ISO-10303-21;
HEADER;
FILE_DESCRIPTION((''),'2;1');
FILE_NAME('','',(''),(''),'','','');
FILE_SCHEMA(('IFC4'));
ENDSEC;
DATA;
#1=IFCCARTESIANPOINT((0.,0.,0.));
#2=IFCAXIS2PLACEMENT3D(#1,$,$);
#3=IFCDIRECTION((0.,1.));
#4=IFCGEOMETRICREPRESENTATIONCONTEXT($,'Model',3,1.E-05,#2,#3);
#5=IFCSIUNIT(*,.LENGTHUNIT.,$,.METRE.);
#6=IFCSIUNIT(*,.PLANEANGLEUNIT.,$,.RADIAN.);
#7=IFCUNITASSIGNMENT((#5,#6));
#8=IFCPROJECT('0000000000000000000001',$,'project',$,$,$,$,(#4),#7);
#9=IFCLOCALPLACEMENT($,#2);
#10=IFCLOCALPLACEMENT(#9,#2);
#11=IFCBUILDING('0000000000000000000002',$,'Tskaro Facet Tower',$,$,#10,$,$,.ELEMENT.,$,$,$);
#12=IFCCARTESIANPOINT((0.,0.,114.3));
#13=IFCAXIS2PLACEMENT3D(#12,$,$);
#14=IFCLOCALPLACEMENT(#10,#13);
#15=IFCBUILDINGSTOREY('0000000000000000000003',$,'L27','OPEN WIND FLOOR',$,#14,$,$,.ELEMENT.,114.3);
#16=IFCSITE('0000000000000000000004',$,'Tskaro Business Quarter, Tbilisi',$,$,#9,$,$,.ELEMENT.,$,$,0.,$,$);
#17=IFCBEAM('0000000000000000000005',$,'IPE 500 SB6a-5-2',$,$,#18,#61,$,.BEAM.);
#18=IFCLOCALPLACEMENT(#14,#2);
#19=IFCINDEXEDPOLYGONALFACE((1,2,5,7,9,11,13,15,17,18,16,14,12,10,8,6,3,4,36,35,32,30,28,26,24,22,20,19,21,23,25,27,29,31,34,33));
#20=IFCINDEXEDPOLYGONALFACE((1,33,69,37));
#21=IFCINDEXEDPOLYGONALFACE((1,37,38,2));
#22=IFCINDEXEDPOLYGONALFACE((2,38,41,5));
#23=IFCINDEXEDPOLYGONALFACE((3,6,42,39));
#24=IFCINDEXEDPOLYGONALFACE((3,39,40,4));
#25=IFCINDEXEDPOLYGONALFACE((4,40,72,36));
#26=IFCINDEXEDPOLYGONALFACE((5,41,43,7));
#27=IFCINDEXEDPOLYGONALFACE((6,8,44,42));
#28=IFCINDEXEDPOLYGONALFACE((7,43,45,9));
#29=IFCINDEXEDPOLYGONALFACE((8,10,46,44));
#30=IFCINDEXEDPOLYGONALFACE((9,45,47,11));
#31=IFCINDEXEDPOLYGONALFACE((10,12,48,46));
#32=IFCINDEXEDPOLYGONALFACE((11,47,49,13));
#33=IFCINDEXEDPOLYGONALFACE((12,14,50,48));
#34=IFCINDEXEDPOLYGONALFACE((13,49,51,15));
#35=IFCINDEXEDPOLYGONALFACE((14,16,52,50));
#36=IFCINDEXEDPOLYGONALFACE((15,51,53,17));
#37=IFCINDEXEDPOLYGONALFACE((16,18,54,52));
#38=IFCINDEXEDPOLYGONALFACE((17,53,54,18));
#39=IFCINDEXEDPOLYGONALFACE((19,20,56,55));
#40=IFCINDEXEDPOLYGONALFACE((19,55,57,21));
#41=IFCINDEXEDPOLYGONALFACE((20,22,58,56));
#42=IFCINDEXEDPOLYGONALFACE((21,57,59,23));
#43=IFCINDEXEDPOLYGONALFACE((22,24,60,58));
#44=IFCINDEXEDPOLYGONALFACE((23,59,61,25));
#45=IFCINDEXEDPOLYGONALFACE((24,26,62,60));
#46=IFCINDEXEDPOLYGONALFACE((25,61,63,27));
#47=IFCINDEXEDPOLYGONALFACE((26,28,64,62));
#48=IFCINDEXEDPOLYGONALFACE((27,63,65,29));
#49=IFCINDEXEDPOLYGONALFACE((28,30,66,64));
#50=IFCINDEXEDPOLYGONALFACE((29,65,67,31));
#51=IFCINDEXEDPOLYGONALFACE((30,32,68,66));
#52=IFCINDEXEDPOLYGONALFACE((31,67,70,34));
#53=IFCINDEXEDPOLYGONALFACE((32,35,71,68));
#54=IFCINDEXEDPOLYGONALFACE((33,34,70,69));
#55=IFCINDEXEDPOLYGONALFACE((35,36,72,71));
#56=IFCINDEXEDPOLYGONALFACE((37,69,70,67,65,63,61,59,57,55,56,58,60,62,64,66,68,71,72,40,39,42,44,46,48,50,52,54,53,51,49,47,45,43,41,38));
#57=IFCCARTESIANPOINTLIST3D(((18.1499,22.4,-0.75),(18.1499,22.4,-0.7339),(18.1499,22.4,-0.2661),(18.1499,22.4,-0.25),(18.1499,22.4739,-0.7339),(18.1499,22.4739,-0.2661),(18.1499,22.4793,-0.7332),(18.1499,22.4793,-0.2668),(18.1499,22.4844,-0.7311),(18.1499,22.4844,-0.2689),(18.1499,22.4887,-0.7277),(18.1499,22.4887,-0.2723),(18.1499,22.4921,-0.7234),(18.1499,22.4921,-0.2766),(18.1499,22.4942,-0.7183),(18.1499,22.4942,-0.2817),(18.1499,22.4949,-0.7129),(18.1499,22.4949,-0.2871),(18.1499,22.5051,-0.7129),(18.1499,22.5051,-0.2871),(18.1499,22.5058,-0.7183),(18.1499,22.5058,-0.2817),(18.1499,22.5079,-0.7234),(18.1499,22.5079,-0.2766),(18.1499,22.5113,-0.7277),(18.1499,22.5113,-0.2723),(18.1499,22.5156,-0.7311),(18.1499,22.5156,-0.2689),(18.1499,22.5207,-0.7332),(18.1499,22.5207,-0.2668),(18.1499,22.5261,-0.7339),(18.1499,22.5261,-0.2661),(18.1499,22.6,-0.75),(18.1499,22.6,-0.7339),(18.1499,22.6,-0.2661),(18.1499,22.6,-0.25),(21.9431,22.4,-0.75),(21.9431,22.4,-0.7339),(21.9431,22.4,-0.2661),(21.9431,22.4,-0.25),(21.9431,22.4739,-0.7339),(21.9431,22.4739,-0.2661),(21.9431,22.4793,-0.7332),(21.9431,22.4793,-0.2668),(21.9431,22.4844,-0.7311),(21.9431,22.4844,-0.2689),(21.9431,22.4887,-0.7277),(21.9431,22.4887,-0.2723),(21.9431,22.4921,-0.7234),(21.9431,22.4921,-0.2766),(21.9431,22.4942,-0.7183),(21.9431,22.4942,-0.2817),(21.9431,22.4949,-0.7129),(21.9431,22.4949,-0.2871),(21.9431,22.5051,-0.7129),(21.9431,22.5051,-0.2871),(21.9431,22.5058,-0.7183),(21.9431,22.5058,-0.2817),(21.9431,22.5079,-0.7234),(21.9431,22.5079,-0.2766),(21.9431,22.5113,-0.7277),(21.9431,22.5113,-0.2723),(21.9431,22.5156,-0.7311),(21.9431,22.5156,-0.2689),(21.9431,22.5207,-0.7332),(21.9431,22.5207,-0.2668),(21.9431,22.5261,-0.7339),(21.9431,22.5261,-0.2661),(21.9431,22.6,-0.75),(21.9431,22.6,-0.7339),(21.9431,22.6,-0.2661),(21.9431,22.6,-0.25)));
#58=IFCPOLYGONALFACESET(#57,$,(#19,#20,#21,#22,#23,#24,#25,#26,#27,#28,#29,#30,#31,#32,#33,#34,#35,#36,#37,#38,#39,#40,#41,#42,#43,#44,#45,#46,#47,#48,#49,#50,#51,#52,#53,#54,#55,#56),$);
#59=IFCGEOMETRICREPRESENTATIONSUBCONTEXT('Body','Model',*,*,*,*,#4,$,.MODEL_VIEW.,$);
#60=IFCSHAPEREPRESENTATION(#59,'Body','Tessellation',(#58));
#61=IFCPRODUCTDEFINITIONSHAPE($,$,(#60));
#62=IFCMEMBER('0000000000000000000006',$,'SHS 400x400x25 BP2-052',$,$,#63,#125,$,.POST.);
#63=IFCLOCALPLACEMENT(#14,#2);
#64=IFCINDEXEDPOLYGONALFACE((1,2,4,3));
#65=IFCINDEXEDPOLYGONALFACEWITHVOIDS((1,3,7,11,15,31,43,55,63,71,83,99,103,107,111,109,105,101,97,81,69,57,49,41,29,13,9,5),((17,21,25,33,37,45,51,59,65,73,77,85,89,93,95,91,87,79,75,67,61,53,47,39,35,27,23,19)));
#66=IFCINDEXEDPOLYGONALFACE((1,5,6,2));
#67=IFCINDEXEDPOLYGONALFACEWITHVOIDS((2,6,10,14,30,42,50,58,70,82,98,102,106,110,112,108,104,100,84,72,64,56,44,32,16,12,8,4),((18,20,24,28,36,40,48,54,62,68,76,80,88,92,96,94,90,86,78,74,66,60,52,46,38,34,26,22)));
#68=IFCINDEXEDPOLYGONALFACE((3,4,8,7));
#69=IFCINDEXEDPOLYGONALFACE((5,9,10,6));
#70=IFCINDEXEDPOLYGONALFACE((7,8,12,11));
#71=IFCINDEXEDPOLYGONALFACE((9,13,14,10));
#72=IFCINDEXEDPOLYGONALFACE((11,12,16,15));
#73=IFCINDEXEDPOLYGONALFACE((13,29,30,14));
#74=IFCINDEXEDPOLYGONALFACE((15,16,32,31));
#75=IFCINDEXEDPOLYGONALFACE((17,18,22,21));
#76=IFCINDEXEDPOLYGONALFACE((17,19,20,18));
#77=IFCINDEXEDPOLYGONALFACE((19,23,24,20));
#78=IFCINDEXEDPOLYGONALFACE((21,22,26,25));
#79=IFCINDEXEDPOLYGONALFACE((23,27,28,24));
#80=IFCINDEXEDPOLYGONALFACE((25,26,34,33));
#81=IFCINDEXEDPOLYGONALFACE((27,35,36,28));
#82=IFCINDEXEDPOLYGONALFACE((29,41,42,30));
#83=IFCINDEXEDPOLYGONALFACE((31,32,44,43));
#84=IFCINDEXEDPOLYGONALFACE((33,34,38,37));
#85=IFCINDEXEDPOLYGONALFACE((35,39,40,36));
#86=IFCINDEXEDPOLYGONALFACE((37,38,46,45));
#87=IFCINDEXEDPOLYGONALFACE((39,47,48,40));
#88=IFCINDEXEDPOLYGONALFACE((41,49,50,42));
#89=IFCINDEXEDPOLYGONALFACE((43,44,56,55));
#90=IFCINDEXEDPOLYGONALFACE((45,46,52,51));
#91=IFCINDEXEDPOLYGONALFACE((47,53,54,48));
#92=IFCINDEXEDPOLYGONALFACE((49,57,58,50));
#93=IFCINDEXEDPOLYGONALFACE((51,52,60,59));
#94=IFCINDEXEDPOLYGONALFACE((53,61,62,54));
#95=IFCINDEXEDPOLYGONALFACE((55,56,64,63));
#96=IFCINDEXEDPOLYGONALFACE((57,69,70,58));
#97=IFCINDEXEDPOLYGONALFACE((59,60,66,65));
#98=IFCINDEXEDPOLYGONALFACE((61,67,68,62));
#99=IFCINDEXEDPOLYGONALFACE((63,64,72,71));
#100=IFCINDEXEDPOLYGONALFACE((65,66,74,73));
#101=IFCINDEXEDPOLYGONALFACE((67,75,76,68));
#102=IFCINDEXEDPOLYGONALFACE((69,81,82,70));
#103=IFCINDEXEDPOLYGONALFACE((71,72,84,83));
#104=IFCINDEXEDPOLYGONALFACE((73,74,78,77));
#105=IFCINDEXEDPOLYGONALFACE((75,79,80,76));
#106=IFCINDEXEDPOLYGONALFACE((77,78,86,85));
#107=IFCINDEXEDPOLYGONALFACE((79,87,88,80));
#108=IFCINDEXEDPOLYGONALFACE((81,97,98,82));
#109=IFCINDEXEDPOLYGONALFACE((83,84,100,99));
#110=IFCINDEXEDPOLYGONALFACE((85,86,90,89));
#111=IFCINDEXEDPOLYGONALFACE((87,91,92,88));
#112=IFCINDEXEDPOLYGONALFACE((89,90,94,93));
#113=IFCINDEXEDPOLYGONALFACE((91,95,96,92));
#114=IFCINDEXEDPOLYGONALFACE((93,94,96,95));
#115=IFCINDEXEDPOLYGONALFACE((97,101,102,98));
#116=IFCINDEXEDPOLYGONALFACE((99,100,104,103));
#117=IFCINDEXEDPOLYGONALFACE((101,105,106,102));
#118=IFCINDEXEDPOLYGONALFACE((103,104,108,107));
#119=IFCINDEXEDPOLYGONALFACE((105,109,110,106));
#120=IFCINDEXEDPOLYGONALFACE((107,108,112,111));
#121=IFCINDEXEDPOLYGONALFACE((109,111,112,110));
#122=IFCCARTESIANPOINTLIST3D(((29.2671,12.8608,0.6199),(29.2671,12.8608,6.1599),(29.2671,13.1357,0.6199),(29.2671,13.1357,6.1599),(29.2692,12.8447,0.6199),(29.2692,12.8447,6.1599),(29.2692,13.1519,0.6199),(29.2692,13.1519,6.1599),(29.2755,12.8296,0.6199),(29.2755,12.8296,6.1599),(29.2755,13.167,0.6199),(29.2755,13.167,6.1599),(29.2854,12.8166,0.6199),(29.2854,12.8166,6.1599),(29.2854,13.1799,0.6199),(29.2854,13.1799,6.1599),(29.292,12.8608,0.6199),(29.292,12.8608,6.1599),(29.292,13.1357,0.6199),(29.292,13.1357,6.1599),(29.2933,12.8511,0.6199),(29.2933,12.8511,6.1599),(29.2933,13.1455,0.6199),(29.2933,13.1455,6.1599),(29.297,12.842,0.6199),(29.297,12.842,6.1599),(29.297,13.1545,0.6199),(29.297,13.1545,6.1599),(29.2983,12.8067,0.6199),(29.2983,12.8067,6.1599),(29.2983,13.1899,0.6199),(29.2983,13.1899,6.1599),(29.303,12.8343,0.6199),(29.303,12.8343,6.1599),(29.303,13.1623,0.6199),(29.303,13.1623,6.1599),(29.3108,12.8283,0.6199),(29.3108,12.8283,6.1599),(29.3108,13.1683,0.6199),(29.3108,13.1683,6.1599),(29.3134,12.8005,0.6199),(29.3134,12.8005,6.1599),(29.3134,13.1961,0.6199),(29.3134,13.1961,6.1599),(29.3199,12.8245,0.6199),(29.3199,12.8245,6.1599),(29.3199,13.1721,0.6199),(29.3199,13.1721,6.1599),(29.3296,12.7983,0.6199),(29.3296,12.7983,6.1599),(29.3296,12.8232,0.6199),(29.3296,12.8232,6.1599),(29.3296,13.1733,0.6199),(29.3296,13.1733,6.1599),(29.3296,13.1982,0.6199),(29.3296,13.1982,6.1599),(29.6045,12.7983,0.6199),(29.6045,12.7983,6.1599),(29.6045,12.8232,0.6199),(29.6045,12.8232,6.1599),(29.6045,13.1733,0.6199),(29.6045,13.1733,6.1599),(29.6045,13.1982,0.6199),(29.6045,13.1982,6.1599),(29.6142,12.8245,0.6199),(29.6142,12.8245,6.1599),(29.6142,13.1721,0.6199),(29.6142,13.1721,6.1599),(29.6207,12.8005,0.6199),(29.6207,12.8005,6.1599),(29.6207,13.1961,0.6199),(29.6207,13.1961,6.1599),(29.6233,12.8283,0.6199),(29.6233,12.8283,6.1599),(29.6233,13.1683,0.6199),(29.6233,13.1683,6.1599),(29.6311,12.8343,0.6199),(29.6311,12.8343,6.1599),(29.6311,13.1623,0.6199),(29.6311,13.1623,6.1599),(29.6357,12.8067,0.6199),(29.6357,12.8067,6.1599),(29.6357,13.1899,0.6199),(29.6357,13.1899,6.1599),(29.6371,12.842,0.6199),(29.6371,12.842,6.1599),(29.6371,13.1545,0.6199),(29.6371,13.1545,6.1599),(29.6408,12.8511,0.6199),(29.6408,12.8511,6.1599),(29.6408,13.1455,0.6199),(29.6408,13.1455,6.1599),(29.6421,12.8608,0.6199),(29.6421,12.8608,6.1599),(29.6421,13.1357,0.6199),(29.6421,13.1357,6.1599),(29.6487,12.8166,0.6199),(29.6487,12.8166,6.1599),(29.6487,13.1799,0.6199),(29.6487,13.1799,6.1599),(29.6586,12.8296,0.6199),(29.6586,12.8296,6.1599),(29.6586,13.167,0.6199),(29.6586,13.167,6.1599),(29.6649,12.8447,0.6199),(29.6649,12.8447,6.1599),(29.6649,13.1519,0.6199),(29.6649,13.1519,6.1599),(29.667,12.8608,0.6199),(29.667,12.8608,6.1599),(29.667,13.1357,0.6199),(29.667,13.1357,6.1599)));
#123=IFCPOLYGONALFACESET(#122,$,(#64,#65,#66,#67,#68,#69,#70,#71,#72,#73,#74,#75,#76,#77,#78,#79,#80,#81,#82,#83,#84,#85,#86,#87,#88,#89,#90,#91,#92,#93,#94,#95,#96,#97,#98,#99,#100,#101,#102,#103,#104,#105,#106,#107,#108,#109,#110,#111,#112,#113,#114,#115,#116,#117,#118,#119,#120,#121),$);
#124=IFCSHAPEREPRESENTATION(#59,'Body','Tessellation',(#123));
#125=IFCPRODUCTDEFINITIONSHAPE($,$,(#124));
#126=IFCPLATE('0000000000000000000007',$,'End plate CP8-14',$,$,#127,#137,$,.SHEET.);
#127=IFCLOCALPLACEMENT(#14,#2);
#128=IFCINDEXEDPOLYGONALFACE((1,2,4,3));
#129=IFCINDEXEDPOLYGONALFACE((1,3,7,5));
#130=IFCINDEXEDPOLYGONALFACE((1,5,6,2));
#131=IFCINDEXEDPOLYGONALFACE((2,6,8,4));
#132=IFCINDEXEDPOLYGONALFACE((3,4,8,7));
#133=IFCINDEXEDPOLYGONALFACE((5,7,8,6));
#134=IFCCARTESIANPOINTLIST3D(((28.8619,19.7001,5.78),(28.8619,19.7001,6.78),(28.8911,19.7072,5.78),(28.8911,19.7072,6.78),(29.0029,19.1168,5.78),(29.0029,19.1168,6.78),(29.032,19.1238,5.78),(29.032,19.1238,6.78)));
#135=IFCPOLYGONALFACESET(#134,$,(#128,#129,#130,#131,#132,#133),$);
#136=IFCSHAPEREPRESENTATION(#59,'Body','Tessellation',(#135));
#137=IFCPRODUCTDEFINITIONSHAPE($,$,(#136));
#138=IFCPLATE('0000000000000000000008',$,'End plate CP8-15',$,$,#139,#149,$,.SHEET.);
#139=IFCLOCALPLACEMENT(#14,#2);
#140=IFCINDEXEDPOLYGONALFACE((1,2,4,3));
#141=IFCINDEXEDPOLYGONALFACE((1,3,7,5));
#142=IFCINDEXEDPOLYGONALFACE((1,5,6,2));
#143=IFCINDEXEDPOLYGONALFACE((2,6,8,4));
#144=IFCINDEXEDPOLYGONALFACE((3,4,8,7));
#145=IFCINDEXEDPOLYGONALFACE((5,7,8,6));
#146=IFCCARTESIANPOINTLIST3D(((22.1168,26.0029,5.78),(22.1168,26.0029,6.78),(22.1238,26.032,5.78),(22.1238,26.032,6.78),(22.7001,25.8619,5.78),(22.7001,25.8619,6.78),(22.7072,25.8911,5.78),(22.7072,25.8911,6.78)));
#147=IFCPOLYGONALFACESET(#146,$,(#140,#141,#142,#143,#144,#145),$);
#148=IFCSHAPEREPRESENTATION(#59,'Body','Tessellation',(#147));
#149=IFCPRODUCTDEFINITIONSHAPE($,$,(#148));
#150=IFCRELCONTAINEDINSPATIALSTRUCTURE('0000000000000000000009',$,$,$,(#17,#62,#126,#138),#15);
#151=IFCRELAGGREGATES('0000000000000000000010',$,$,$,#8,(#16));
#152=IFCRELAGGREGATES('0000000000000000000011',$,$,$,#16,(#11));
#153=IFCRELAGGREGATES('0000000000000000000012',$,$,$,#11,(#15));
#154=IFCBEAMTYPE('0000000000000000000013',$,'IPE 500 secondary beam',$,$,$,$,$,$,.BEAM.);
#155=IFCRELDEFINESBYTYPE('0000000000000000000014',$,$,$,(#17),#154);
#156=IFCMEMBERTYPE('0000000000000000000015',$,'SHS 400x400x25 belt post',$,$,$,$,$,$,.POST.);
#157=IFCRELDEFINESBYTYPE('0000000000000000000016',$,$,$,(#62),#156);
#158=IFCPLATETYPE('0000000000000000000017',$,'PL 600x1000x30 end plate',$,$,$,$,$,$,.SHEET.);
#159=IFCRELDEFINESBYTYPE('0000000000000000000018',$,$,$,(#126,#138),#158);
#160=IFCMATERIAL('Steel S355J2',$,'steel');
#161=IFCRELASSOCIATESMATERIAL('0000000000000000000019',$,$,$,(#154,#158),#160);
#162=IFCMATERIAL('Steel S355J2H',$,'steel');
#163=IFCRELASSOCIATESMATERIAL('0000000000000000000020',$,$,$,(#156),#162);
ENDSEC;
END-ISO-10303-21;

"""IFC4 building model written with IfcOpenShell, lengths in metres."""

from ifc_helpers import new_model, si_unit, direction, frame, origin, origin_2d, place, context, subcontext, project, spatial, rectangle, hollow_rectangle, i_section, extrude, material, material_profile, profile_set, type_object, element, save


model = new_model("IFC4")

# Units and contexts
model_context = context("Model", 3, precision=1e-05, world=origin(), true_north=direction((0.0, 1.0)))
body_context = subcontext(model_context, "Body", "Model", "MODEL_VIEW")
ifc_project = project(units=[si_unit("LENGTHUNIT", "METRE"), si_unit("PLANEANGLEUNIT", "RADIAN")], contexts=[model_context])

# Site, building, storey
site_placement = place(None, origin())
site = spatial("IfcSite", under=ifc_project, at=site_placement, Name="Tskaro Business Quarter, Tbilisi", CompositionType="ELEMENT", RefElevation=0.0)
building_placement = place(site_placement, origin())
building = spatial("IfcBuilding", under=site, at=building_placement, Name="Tskaro Facet Tower", CompositionType="ELEMENT")
storey_placement = place(building_placement, frame((0.0, 0.0, 114.3)))
storey = spatial("IfcBuildingStorey", under=building, at=storey_placement, Name="L27", Description="OPEN WIND FLOOR", CompositionType="ELEMENT", Elevation=114.3)

# Shared definitions
ifc_material_1 = material(Name="Steel S355J2H", Category="steel")

# Shared definitions
ifc_material_2 = material(Name="Steel S355J2", Category="steel")

# Beam
ifc_material_profile_1 = material_profile(ifc_material_2, i_section(OverallWidth=0.2, OverallDepth=0.5, WebThickness=0.0103, FlangeThickness=0.0161, FilletRadius=0.021, at=origin_2d()), Name="IPE 500")
ifc_profile_set_1 = profile_set([ifc_material_profile_1], Name="Steel S355J2")
beam_type_1 = type_object("IfcBeamType", Name="IPE 500 secondary beam", PredefinedType="BEAM", material=ifc_profile_set_1)
beam_1_placement = place(storey_placement, frame((18.1499, 22.5, -0.5), z_axis=(1.0, 0.0, 0.0), x_axis=(0.0, 1.0, 0.0)))
element("IfcBeam", 1, at=beam_1_placement, inside=storey, type_object=beam_type_1, Name="IPE 500 SB6a-5-2", PredefinedType="BEAM", context=body_context, shape_type="SweptSolid", body=[
    extrude(i_section(OverallWidth=0.2, OverallDepth=0.5, WebThickness=0.0103, FlangeThickness=0.0161, FilletRadius=0.021, at=origin_2d()), origin(), (0.0, 0.0, 1.0), 3.7932),
])

# Member
ifc_material_profile_2 = material_profile(ifc_material_1, hollow_rectangle(XDim=0.3999, YDim=0.3999, WallThickness=0.0249, InnerFilletRadius=0.0376, OuterFilletRadius=0.0625, at=origin_2d()), Name="SHS 400x400x25")
ifc_profile_set_2 = profile_set([ifc_material_profile_2], Name="Steel S355J2H")
member_type_1 = type_object("IfcMemberType", Name="SHS 400x400x25 belt post", PredefinedType="POST", material=ifc_profile_set_2)
member_1_placement = place(storey_placement, frame((29.467, 12.9983, 0.6199), z_axis=(0.0, 0.0, 1.0), x_axis=(1.0, 0.0, 0.0)))
element("IfcMember", 2, at=member_1_placement, inside=storey, type_object=member_type_1, Name="SHS 400x400x25 BP2-052", PredefinedType="POST", context=body_context, shape_type="SweptSolid", body=[
    extrude(hollow_rectangle(XDim=0.3999, YDim=0.3999, WallThickness=0.0249, InnerFilletRadius=0.0376, OuterFilletRadius=0.0625, at=origin_2d()), origin(), (0.0, 0.0, 1.0), 5.54),
])

# Plates
ifc_material_profile_3 = material_profile(ifc_material_2, rectangle(XDim=0.6001, YDim=1.0, at=origin_2d()), Name="PL 600x1000x30 end plate")
ifc_profile_set_3 = profile_set([ifc_material_profile_3], Name="Steel S355J2")
plate_type = type_object("IfcPlateType", Name="PL 600x1000x30 end plate", PredefinedType="SHEET", material=ifc_profile_set_3)
for number, where, z_axis, x_axis, name in (
    (3, (28.9324, 19.4084, 6.28), (0.972018, 0.234904, 0.0), (-0.234904, 0.972018, 0.0), "End plate CP8-14"),
    (4, (22.4084, 25.9324, 6.28), (0.234904, 0.972018, 0.0), (-0.972018, 0.234904, 0.0), "End plate CP8-15"),
):
    element("IfcPlate", number, at=place(storey_placement, frame(where, z_axis=z_axis, x_axis=x_axis)), inside=storey, type_object=plate_type, Name=name, PredefinedType="SHEET", context=body_context, shape_type="SweptSolid", body=[
        extrude(rectangle(XDim=0.6001, YDim=1.0, at=origin_2d()), origin(), (0.0, 0.0, 1.0), 0.03),
    ])

save(model, "model.ifc")
